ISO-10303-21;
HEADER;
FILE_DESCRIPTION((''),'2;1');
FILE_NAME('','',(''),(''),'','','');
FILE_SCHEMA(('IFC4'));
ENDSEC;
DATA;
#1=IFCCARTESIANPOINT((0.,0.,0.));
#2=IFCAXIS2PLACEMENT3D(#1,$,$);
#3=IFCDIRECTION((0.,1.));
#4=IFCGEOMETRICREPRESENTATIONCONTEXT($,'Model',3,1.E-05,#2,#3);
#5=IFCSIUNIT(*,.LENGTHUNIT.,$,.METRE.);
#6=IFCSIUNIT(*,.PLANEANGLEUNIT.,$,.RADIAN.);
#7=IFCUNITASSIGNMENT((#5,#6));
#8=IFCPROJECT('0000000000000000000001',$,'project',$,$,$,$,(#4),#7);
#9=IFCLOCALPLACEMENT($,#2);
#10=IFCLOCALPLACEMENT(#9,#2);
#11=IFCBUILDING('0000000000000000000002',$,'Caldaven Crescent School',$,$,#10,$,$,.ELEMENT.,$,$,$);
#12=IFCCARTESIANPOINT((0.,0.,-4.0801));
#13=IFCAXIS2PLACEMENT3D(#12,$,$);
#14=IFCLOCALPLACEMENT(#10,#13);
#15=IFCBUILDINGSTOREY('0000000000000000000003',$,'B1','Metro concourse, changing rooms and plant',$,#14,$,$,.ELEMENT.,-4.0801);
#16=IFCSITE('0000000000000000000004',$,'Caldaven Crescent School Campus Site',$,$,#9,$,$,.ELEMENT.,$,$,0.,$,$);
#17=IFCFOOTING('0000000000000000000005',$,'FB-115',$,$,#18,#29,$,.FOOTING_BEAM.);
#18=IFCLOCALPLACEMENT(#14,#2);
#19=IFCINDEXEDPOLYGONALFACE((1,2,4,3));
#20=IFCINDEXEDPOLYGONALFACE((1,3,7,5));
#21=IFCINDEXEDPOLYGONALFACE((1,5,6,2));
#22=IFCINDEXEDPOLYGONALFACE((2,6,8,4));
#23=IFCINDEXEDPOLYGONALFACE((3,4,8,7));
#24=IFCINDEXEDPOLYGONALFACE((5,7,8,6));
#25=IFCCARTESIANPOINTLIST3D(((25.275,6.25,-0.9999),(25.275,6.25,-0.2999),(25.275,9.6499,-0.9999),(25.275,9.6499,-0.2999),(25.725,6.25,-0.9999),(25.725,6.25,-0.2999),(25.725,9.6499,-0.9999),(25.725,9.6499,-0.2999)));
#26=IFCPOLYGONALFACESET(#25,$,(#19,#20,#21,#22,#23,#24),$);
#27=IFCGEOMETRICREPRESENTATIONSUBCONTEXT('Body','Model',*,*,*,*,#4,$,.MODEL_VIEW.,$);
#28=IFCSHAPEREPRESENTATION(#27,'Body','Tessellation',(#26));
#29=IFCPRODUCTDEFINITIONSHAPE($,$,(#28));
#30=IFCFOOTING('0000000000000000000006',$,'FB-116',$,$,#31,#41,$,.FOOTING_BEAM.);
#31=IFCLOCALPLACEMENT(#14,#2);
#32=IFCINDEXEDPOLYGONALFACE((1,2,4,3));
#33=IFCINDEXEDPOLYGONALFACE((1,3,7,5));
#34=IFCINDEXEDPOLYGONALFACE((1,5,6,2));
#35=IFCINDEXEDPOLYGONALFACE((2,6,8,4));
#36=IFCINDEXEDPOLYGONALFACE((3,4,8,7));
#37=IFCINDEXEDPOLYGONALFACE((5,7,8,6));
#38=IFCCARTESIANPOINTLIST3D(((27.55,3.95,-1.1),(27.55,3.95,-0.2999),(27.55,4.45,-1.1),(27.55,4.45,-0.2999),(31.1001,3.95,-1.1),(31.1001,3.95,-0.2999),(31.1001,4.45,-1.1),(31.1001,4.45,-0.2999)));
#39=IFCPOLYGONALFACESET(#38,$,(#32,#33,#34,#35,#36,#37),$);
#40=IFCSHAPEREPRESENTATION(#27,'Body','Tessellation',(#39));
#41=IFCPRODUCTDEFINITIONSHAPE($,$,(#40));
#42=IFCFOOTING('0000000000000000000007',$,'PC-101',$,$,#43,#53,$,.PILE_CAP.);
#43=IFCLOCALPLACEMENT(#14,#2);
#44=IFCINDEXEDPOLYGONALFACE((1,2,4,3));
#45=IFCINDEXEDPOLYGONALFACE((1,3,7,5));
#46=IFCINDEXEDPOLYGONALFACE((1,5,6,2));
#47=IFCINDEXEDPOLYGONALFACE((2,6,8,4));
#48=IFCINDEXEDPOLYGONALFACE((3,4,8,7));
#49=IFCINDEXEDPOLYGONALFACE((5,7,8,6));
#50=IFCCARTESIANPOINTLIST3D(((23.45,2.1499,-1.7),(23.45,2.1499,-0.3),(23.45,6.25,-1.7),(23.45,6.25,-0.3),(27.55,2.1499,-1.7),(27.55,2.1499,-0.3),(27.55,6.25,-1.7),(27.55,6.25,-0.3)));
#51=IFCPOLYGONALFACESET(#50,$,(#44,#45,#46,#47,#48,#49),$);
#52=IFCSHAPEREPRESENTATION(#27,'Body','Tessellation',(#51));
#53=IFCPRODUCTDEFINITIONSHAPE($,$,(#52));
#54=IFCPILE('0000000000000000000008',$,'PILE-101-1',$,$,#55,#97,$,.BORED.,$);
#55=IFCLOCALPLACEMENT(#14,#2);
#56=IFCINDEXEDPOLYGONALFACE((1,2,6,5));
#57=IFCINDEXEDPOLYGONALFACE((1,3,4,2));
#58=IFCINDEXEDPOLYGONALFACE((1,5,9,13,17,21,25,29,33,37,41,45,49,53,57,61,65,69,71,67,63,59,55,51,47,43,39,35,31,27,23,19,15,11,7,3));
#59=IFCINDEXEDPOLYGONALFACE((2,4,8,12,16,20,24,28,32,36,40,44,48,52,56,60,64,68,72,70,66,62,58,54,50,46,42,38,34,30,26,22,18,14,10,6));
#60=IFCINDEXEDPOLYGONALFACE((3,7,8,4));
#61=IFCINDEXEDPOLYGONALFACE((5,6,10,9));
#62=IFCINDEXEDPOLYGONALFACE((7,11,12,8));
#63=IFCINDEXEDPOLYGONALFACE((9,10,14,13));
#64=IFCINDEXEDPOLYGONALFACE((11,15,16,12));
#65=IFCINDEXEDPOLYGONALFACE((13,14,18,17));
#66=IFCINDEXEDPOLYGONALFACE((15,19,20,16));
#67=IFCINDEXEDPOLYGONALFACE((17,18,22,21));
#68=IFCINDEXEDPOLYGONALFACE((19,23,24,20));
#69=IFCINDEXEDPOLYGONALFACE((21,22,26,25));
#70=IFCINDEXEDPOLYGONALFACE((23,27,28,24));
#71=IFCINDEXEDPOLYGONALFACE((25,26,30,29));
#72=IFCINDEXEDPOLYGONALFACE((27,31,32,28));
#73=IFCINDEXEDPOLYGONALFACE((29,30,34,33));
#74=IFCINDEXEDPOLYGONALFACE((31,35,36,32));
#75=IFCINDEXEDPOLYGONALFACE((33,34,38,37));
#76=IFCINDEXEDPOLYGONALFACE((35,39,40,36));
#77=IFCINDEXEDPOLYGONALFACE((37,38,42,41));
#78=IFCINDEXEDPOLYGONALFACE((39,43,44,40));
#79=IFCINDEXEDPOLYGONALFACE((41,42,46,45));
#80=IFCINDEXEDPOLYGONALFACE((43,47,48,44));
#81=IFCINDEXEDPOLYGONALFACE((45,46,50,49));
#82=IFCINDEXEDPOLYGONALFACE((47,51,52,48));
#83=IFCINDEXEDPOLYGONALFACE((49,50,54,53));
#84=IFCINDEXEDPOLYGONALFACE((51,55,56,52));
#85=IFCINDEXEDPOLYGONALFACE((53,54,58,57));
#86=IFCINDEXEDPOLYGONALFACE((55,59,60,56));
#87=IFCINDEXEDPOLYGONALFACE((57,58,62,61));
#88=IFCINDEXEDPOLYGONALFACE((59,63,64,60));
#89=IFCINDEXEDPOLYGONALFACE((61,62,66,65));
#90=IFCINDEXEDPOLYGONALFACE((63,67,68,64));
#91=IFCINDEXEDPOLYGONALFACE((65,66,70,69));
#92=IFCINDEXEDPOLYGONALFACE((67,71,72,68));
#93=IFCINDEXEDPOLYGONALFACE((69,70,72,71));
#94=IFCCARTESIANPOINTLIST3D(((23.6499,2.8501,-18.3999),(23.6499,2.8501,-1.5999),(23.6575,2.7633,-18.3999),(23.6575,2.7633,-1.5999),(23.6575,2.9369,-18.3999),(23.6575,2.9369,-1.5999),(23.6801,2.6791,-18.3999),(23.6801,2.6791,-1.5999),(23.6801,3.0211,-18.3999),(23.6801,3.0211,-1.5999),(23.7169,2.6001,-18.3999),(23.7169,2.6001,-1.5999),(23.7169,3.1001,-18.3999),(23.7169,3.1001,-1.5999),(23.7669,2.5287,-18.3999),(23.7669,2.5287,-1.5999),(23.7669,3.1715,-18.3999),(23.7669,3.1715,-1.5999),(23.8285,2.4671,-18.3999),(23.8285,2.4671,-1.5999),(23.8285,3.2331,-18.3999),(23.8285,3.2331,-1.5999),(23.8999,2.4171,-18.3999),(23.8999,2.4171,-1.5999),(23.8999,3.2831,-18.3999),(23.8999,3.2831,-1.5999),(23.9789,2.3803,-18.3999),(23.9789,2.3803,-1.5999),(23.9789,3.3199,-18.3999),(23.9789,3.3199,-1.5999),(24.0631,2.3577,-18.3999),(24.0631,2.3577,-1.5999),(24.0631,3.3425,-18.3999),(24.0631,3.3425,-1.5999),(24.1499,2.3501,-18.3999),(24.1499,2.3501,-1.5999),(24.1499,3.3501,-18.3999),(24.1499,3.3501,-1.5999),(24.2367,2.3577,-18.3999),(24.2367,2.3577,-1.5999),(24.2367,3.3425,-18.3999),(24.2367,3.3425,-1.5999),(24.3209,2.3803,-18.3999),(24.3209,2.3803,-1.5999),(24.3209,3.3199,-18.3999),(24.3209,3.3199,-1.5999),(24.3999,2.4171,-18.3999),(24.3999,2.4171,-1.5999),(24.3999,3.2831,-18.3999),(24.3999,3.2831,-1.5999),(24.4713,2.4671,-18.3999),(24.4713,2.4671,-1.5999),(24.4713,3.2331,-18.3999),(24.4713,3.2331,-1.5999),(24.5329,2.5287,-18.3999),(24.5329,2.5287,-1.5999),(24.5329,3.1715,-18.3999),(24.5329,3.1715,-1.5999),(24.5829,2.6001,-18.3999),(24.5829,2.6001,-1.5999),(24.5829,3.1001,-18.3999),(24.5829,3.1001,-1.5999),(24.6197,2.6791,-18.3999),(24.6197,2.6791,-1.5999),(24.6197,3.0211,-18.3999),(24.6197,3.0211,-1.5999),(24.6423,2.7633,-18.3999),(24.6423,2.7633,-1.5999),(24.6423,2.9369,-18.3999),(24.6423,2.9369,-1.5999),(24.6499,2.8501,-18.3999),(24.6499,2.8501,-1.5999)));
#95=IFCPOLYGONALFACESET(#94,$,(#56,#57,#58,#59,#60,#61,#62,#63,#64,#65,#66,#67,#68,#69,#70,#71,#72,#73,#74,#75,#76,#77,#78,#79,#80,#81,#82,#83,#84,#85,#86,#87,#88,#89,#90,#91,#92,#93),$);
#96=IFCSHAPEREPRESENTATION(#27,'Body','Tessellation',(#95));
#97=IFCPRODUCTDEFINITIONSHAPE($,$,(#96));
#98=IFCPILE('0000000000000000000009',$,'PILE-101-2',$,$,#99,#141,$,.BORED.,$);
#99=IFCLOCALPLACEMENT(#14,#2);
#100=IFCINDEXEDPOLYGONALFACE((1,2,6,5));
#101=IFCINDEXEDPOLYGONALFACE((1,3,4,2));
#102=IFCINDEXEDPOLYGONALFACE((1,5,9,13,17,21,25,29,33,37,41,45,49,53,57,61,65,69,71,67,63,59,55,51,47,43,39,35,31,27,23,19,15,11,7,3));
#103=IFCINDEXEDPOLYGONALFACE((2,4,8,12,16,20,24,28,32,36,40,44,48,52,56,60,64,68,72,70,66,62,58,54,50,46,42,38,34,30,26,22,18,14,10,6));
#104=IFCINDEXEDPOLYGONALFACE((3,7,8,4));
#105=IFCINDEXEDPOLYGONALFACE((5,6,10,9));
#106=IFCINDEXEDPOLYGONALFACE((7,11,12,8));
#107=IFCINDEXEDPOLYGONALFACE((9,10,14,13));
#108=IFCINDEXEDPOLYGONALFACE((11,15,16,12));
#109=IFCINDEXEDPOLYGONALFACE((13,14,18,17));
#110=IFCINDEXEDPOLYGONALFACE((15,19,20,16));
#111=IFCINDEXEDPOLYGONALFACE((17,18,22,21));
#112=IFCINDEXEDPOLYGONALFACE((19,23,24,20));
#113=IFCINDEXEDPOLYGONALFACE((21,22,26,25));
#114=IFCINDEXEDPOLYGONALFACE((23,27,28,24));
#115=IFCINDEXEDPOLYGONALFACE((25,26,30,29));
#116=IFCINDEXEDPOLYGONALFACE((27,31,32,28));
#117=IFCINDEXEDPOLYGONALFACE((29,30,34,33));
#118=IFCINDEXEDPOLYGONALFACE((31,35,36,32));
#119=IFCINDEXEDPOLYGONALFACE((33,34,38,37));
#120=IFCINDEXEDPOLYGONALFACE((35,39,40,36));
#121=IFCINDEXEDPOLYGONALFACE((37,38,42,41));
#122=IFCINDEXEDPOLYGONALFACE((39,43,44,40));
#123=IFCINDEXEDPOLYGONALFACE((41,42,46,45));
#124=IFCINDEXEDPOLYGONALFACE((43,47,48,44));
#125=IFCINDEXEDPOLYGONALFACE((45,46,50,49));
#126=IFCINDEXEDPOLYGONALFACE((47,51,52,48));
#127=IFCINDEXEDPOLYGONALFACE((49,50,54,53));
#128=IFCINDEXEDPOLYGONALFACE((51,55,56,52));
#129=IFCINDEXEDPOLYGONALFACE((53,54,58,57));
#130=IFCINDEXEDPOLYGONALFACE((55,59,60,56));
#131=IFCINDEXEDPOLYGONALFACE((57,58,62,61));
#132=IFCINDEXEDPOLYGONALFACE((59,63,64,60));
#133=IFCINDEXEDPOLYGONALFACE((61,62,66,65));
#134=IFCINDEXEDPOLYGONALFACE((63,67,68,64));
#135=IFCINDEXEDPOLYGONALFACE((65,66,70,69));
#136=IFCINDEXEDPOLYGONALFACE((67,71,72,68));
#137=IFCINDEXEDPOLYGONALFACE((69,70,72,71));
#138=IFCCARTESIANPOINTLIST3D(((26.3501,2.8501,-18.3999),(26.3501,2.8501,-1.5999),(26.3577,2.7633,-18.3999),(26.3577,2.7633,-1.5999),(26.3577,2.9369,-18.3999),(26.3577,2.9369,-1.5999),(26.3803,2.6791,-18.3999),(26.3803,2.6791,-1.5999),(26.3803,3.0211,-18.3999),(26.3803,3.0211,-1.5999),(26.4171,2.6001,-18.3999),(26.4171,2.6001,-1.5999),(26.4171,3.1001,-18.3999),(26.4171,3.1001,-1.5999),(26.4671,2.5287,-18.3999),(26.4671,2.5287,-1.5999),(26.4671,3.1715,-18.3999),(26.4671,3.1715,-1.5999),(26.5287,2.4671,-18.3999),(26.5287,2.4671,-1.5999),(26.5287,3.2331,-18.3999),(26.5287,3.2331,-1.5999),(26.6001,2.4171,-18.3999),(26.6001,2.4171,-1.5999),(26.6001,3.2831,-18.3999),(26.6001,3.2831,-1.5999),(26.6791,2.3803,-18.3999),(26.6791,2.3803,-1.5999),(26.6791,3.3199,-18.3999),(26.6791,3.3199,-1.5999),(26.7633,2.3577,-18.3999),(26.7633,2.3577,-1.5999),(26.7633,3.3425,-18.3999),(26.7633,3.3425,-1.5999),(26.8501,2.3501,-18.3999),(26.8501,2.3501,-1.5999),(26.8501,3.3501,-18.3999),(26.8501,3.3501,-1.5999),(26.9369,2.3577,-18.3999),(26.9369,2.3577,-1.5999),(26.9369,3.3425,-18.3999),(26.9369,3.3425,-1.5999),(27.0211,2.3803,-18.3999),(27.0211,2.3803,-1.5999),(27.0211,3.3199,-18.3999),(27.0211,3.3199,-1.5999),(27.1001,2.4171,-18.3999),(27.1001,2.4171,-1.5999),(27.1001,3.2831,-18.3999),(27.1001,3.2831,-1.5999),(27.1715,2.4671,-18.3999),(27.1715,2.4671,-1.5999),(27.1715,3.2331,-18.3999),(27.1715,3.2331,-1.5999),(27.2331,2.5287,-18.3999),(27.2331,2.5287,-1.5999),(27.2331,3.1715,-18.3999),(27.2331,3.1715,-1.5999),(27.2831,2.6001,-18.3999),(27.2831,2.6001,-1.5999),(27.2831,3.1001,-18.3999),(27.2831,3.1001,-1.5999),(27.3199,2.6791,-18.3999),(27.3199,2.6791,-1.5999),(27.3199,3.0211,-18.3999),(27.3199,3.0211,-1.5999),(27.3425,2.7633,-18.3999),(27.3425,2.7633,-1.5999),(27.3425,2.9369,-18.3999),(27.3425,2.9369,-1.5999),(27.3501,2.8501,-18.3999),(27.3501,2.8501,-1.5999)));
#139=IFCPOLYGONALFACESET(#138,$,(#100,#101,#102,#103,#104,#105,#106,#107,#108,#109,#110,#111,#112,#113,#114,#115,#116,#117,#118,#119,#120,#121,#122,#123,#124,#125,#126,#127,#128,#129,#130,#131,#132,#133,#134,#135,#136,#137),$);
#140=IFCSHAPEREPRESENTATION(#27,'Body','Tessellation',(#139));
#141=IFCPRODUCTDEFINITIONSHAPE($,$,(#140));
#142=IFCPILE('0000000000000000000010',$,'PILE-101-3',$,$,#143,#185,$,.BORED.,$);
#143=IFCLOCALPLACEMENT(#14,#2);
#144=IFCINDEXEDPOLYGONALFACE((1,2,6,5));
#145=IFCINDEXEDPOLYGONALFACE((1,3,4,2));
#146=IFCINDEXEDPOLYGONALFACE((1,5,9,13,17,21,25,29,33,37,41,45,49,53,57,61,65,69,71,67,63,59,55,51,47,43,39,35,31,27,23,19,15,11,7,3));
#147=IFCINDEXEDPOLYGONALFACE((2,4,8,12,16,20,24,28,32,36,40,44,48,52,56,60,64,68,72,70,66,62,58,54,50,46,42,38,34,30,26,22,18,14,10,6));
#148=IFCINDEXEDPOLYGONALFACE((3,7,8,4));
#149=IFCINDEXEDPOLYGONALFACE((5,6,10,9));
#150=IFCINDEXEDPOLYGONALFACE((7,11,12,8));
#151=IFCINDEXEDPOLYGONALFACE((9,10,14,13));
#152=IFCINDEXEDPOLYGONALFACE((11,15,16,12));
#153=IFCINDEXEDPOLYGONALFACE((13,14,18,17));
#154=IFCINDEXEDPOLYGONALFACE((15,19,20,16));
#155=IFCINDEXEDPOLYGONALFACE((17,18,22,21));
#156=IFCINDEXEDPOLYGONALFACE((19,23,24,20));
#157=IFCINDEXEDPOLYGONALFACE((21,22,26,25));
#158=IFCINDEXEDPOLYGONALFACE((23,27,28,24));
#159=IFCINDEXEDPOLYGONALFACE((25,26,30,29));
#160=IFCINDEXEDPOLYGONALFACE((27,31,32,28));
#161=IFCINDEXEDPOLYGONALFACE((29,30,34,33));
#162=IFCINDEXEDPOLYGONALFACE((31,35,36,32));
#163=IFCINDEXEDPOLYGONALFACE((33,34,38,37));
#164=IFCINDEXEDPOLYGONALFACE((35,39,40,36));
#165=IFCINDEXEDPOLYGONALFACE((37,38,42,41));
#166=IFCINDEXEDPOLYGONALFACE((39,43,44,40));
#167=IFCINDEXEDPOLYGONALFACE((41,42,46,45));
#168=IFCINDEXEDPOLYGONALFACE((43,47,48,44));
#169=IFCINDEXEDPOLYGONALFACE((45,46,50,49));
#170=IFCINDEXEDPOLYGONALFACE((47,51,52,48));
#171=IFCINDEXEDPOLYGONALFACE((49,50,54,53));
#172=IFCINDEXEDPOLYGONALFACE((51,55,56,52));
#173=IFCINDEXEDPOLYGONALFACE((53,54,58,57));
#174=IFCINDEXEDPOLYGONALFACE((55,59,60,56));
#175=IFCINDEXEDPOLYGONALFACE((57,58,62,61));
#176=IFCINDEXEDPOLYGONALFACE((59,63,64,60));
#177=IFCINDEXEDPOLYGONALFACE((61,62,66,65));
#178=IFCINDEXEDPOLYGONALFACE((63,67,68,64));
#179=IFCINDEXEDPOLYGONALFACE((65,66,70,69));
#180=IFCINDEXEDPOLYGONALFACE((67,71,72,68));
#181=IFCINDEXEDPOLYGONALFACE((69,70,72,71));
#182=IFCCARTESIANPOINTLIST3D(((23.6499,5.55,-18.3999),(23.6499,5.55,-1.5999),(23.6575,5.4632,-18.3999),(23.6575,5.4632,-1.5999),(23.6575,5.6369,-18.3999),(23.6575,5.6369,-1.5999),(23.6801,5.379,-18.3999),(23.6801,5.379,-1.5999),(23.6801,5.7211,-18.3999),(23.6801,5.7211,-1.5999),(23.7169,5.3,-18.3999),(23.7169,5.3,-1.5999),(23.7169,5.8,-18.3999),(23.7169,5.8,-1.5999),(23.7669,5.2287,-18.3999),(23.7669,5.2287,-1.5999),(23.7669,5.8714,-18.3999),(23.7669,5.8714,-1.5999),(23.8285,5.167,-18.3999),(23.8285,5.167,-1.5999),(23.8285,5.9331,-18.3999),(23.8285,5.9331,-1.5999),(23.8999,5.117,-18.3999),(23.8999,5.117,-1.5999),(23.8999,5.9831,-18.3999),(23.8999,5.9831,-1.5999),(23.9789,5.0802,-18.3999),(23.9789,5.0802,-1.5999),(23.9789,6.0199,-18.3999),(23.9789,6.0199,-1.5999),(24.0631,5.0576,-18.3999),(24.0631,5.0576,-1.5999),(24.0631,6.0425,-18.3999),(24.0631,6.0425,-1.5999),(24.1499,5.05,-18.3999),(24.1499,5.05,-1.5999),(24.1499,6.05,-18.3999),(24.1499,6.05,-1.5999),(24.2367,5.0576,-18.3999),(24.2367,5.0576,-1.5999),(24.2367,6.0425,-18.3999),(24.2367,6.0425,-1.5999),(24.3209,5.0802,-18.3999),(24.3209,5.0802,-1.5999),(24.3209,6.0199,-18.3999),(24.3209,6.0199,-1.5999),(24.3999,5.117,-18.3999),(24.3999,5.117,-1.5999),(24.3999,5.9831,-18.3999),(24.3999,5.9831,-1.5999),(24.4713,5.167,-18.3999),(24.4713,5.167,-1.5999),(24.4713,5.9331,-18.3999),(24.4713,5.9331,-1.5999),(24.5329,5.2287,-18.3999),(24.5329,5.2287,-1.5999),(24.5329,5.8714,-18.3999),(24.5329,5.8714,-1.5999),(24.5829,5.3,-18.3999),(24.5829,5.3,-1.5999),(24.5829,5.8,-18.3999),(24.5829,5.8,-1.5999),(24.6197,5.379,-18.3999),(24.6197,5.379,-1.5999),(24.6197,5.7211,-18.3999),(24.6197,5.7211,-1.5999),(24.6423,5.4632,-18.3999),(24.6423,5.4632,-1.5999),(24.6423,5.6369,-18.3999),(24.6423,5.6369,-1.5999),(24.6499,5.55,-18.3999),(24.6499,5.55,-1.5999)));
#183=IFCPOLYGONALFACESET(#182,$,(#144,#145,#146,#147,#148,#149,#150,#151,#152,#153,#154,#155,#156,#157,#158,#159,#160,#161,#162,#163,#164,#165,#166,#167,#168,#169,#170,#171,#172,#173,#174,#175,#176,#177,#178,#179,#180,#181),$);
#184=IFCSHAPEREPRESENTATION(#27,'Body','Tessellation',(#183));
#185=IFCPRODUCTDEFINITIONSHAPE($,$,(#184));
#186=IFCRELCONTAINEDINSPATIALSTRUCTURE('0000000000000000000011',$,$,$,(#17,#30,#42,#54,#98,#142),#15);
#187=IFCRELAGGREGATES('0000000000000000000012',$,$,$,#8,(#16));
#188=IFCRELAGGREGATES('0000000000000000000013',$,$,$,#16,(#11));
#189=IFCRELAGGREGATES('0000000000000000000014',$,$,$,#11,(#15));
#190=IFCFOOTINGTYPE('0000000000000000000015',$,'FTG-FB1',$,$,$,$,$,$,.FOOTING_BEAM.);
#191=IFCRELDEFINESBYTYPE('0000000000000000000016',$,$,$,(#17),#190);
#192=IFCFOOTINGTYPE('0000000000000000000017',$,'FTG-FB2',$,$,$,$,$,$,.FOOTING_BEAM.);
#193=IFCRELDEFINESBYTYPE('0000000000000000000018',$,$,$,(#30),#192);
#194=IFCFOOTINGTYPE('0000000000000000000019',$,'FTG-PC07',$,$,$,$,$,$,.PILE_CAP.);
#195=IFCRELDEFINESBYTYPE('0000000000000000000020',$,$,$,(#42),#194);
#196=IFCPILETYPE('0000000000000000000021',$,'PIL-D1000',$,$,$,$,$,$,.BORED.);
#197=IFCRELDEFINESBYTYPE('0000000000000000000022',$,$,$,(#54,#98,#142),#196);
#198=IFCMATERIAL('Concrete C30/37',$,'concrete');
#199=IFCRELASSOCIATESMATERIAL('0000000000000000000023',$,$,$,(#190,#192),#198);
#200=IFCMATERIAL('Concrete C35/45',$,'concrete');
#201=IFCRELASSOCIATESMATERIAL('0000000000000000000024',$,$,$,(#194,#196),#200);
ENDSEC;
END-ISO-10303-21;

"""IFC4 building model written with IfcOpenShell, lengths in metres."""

from ifc_helpers import new_model, si_unit, direction, frame, origin, origin_2d, place, context, subcontext, project, spatial, rectangle, circle, extrude, material, material_profile, profile_set, type_object, element, save


model = new_model("IFC4")

# Units and contexts
model_context = context("Model", 3, precision=1e-05, world=origin(), true_north=direction((0.0, 1.0)))
body_context = subcontext(model_context, "Body", "Model", "MODEL_VIEW")
ifc_project = project(units=[si_unit("LENGTHUNIT", "METRE"), si_unit("PLANEANGLEUNIT", "RADIAN")], contexts=[model_context])

# Site, building, storey
site_placement = place(None, origin())
site = spatial("IfcSite", under=ifc_project, at=site_placement, Name="Caldaven Crescent School Campus Site", CompositionType="ELEMENT", RefElevation=0.0)
building_placement = place(site_placement, origin())
building = spatial("IfcBuilding", under=site, at=building_placement, Name="Caldaven Crescent School", CompositionType="ELEMENT")
storey_placement = place(building_placement, frame((0.0, 0.0, -4.0801)))
storey = spatial("IfcBuildingStorey", under=building, at=storey_placement, Name="B1", Description="Metro concourse, changing rooms and plant", CompositionType="ELEMENT", Elevation=-4.0801)

# Footings
ifc_material_1 = material(Name="Concrete C30/37", Category="concrete")
ifc_material_profile_1 = material_profile(ifc_material_1, rectangle(XDim=0.45, YDim=0.7, at=origin_2d()), Name="FB 450x700")
ifc_profile_set_1 = profile_set([ifc_material_profile_1], Name="Concrete C30/37")
footing_type_1 = type_object("IfcFootingType", Name="FTG-FB1", PredefinedType="FOOTING_BEAM", material=ifc_profile_set_1)
footing_1_placement = place(storey_placement, frame((25.5, 6.25, -0.6499), z_axis=(0.0, 1.0, 0.0), x_axis=(-1.0, 0.0, 0.0)))
element("IfcFooting", 1, at=footing_1_placement, inside=storey, type_object=footing_type_1, Name="FB-115", PredefinedType="FOOTING_BEAM", context=body_context, shape_type="SweptSolid", body=[
    extrude(rectangle(XDim=0.45, YDim=0.7, at=origin_2d()), origin(), (0.0, 0.0, 1.0), 3.3999),
])
ifc_material_profile_2 = material_profile(ifc_material_1, rectangle(XDim=0.5, YDim=0.8, at=origin_2d()), Name="FB 500x800")
ifc_profile_set_2 = profile_set([ifc_material_profile_2], Name="Concrete C30/37")
footing_type_2 = type_object("IfcFootingType", Name="FTG-FB2", PredefinedType="FOOTING_BEAM", material=ifc_profile_set_2)
footing_2_placement = place(storey_placement, frame((27.55, 4.2, -0.7), z_axis=(1.0, 0.0, 0.0), x_axis=(0.0, 1.0, 0.0)))
element("IfcFooting", 2, at=footing_2_placement, inside=storey, type_object=footing_type_2, Name="FB-116", PredefinedType="FOOTING_BEAM", context=body_context, shape_type="SweptSolid", body=[
    extrude(rectangle(XDim=0.5, YDim=0.8, at=origin_2d()), origin(), (0.0, 0.0, 1.0), 3.55),
])
ifc_material_2 = material(Name="Concrete C35/45", Category="concrete")
footing_type_3 = type_object("IfcFootingType", Name="FTG-PC07", PredefinedType="PILE_CAP", material=ifc_material_2)
footing_3_placement = place(storey_placement, frame((25.5, 4.2, -1.7), z_axis=(0.0, 0.0, 1.0), x_axis=(1.0, 0.0, 0.0)))
element("IfcFooting", 3, at=footing_3_placement, inside=storey, type_object=footing_type_3, Name="PC-101", PredefinedType="PILE_CAP", context=body_context, shape_type="SweptSolid", body=[
    extrude(rectangle(XDim=4.1001, YDim=4.1001, at=origin_2d()), origin(), (0.0, 0.0, 1.0), 1.3999),
])

# Piles
ifc_material_profile_3 = material_profile(ifc_material_2, circle(Radius=0.5, at=origin_2d()), Name="PILE D1000")
ifc_profile_set_3 = profile_set([ifc_material_profile_3], Name="Concrete C35/45")
pile_type = type_object("IfcPileType", Name="PIL-D1000", PredefinedType="BORED", material=ifc_profile_set_3)
for number, where, z_axis, x_axis, name in (
    (4, (24.1499, 2.8501, -1.5999), (0.0, 0.0, -1.0), (1.0, 0.0, 0.0), "PILE-101-1"),
    (5, (26.8501, 2.8501, -1.5999), (0.0, 0.0, -1.0), (1.0, 0.0, 0.0), "PILE-101-2"),
    (6, (24.1499, 5.55, -1.5999), (0.0, 0.0, -1.0), (1.0, 0.0, 0.0), "PILE-101-3"),
):
    element("IfcPile", number, at=place(storey_placement, frame(where, z_axis=z_axis, x_axis=x_axis)), inside=storey, type_object=pile_type, Name=name, PredefinedType="BORED", context=body_context, shape_type="SweptSolid", body=[
        extrude(circle(Radius=0.5, at=origin_2d()), origin(), (0.0, 0.0, 1.0), 16.8),
    ])

save(model, "model.ifc")
